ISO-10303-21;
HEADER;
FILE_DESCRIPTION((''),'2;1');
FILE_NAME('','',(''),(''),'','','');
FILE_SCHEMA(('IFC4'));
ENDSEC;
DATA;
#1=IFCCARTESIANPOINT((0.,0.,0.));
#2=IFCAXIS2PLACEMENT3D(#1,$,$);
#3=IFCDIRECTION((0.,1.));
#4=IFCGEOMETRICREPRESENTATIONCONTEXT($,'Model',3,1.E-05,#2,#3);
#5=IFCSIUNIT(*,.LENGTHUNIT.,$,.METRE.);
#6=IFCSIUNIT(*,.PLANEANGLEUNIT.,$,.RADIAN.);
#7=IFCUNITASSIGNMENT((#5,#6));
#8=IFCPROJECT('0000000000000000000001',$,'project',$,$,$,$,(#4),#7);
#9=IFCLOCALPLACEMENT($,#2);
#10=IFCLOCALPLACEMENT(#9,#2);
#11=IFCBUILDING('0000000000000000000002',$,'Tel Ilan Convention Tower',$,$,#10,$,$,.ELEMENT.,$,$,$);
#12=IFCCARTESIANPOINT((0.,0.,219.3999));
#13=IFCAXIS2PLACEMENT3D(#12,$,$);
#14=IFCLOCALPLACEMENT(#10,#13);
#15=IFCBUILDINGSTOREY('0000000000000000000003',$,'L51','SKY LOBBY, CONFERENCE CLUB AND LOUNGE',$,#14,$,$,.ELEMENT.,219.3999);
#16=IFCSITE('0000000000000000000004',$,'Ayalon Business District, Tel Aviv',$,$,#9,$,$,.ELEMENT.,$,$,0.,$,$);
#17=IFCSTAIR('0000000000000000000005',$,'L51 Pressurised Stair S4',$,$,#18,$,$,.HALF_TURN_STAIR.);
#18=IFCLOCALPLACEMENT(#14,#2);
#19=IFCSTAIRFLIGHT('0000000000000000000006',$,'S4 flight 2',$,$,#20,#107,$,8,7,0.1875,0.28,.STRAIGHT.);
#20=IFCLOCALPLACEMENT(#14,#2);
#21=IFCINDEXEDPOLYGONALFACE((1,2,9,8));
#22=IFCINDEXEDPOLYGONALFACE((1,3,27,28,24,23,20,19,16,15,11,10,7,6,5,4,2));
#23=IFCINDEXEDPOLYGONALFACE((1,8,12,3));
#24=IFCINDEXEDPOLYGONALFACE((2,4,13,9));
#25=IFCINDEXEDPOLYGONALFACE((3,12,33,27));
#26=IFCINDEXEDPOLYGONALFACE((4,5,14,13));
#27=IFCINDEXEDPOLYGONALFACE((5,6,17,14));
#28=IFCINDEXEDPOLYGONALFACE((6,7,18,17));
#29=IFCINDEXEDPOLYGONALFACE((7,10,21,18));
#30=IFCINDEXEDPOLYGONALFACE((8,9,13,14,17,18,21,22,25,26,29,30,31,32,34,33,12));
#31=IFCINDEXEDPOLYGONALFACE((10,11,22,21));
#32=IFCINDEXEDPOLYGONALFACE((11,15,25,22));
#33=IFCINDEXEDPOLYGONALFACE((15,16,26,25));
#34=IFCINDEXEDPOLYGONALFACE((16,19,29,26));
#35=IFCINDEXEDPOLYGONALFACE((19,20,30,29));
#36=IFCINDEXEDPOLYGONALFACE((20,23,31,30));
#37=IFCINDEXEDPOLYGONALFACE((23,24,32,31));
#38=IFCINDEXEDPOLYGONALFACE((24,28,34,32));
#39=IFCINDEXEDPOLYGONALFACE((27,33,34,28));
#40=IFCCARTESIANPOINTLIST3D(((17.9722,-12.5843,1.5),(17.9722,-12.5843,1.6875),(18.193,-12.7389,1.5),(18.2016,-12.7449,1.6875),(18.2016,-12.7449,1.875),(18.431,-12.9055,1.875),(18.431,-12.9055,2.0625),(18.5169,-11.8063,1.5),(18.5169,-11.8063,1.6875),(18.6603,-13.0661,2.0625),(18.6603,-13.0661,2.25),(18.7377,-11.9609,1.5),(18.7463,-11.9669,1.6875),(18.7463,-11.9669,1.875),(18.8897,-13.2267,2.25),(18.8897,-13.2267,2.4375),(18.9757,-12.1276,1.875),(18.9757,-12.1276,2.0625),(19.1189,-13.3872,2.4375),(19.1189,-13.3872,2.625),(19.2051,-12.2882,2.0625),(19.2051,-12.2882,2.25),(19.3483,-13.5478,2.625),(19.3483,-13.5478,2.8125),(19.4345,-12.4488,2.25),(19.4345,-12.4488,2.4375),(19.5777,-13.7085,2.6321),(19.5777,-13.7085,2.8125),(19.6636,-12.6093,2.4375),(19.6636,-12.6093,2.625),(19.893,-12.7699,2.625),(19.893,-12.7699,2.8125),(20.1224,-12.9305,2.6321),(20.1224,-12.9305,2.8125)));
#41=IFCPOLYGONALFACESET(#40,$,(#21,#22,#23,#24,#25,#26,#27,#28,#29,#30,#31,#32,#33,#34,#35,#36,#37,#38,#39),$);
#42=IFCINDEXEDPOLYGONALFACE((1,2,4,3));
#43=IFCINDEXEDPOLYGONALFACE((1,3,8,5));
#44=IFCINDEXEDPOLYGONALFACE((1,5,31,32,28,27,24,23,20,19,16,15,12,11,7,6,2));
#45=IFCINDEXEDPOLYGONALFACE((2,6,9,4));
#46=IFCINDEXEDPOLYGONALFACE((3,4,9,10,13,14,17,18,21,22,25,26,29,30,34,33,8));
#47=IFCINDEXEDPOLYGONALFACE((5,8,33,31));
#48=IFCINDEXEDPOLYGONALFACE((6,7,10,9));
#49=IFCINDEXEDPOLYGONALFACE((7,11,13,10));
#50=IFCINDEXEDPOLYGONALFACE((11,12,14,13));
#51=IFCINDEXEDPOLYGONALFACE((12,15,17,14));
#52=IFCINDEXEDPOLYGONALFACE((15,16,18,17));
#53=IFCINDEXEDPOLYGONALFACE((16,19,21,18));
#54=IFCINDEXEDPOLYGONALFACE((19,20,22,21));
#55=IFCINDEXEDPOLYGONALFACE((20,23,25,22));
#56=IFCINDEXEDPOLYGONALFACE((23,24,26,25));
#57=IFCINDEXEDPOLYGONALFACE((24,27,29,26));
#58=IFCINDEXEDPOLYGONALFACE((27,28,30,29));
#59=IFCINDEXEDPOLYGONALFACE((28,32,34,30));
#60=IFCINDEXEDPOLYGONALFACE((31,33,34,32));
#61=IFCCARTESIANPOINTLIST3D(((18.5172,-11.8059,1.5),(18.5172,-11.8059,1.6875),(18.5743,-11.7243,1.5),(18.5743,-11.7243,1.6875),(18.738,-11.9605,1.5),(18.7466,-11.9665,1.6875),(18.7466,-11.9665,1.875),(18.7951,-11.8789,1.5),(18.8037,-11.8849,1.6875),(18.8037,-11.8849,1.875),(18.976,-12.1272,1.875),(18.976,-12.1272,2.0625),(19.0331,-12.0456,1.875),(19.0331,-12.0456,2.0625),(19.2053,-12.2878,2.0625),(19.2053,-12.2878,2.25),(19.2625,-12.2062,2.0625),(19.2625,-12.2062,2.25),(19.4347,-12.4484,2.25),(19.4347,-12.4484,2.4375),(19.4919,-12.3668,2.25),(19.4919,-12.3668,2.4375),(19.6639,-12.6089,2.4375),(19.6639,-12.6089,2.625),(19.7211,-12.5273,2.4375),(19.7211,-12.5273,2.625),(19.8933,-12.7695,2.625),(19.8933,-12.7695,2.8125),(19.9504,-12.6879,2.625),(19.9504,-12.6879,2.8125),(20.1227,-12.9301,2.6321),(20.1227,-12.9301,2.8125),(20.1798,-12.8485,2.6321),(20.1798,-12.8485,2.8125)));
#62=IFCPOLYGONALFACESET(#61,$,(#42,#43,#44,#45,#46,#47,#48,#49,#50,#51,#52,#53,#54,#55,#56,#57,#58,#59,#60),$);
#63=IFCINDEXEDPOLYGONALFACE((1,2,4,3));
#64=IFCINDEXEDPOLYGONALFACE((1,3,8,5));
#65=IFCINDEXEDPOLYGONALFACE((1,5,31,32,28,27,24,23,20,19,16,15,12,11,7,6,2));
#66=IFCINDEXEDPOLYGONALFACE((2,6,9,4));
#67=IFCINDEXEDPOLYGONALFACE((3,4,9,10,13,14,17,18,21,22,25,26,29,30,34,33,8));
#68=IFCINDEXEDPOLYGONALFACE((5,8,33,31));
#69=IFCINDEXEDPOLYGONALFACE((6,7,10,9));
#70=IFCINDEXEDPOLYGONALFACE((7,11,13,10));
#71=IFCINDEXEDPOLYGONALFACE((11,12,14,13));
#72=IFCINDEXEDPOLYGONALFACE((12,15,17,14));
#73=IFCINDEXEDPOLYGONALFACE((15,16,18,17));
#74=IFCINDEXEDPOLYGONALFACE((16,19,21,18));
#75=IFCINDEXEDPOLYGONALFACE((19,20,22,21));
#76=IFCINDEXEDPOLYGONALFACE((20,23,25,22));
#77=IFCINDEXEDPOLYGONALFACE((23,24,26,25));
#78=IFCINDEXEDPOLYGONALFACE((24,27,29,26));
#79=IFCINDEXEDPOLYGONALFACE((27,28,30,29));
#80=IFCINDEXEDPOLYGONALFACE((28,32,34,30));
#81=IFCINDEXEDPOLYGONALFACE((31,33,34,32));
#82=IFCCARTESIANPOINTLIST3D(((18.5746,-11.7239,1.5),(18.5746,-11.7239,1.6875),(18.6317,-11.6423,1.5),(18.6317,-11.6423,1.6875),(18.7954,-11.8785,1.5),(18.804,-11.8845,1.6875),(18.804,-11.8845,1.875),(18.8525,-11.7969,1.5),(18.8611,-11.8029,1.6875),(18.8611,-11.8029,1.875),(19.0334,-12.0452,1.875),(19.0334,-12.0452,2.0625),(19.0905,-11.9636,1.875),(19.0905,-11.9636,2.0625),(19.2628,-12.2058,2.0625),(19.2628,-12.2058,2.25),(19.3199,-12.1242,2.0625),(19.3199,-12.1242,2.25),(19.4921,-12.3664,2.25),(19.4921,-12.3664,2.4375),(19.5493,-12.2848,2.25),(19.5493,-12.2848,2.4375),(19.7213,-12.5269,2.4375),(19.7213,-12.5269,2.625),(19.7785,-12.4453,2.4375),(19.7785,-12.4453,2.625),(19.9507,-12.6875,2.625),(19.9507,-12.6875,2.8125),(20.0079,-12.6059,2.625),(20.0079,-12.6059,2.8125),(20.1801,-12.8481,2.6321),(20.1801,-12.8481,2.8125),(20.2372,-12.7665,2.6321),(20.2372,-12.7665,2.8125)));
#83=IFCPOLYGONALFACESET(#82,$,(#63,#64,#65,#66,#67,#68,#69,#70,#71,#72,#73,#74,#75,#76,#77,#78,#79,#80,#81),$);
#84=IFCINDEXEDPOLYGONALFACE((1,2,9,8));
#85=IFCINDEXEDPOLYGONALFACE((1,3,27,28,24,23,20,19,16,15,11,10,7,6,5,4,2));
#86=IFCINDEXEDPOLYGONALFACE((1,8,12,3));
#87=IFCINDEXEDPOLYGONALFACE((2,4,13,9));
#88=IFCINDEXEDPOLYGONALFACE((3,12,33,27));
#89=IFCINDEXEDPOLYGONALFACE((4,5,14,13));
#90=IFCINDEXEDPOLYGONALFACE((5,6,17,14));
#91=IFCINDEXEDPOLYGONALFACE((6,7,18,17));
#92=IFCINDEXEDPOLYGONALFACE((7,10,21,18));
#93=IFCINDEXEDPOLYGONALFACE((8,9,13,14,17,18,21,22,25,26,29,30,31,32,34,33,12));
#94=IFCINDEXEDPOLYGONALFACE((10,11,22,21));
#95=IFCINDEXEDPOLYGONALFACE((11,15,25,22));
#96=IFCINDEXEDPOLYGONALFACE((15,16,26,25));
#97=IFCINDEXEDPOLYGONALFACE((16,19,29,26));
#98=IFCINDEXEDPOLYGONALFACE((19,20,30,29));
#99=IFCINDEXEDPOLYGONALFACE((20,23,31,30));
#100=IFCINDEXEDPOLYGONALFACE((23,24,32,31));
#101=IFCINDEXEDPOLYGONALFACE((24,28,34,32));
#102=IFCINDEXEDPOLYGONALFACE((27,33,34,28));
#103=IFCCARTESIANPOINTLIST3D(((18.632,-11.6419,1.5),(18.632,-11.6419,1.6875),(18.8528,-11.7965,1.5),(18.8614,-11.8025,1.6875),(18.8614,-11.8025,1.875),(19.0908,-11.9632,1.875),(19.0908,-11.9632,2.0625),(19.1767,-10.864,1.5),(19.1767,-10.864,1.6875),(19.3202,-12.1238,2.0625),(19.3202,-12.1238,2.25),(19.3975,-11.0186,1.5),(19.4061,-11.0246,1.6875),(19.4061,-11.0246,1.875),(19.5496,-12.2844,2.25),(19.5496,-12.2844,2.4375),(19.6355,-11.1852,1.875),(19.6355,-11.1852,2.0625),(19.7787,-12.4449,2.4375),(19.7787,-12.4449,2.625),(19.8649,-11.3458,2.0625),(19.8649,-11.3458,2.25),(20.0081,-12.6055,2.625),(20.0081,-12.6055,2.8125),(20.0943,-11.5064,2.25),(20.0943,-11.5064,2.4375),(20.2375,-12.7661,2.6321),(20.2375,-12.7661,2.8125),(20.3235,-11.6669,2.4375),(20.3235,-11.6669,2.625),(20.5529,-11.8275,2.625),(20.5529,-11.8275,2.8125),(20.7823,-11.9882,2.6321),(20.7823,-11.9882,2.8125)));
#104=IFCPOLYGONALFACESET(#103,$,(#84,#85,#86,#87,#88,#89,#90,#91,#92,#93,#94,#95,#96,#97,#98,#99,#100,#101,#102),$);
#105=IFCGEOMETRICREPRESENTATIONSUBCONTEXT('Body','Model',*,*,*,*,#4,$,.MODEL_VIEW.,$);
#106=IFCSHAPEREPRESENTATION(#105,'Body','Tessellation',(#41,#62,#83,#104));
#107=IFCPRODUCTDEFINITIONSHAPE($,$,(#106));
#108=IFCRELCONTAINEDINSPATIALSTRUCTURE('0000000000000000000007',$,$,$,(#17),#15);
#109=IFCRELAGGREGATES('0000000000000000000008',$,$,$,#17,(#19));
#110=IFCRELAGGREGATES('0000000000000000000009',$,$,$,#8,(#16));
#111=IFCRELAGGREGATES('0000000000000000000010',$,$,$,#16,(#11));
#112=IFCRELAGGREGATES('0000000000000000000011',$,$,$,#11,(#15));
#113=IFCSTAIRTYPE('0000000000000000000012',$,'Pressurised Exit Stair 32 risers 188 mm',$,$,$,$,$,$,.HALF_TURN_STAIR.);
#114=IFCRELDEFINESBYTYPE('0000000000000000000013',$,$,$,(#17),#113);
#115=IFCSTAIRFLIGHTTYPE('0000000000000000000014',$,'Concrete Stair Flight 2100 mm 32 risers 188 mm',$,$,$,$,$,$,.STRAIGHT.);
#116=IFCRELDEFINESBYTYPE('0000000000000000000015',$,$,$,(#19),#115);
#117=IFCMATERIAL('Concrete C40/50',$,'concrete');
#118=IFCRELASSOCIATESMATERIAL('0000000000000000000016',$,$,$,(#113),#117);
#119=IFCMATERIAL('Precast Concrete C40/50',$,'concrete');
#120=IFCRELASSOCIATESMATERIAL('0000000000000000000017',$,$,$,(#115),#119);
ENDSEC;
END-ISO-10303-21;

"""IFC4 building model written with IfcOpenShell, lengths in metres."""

from ifc_helpers import new_model, si_unit, direction, frame, origin, place, context, subcontext, project, spatial, polyline, outline, extrude, material, type_object, element, aggregate, save


model = new_model("IFC4")

# Units and contexts
model_context = context("Model", 3, precision=1e-05, world=origin(), true_north=direction((0.0, 1.0)))
body_context = subcontext(model_context, "Body", "Model", "MODEL_VIEW")
ifc_project = project(units=[si_unit("LENGTHUNIT", "METRE"), si_unit("PLANEANGLEUNIT", "RADIAN")], contexts=[model_context])

# Site, building, storey
site_placement = place(None, origin())
site = spatial("IfcSite", under=ifc_project, at=site_placement, Name="Ayalon Business District, Tel Aviv", CompositionType="ELEMENT", RefElevation=0.0)
building_placement = place(site_placement, origin())
building = spatial("IfcBuilding", under=site, at=building_placement, Name="Tel Ilan Convention Tower", CompositionType="ELEMENT")
storey_placement = place(building_placement, frame((0.0, 0.0, 219.3999)))
storey = spatial("IfcBuildingStorey", under=building, at=storey_placement, Name="L51", Description="SKY LOBBY, CONFERENCE CLUB AND LOUNGE", CompositionType="ELEMENT", Elevation=219.3999)

# Stair, stair flight
ifc_material_1 = material(Name="Concrete C40/50", Category="concrete")
stair_type = type_object("IfcStairType", Name="Pressurised Exit Stair 32 risers 188 mm", PredefinedType="HALF_TURN_STAIR", material=ifc_material_1)
stair_placement = place(storey_placement, origin())
stair = element("IfcStair", 1, at=stair_placement, inside=storey, type_object=stair_type, Name="L51 Pressurised Stair S4", PredefinedType="HALF_TURN_STAIR")
ifc_material_2 = material(Name="Precast Concrete C40/50", Category="concrete")
stair_flight_type = type_object("IfcStairFlightType", Name="Concrete Stair Flight 2100 mm 32 risers 188 mm", PredefinedType="STRAIGHT", material=ifc_material_2)
stair_flight_1_placement = place(storey_placement, frame((18.5745, -11.7241, 1.5), z_axis=(0.0, 0.0, 1.0), x_axis=(0.819152, -0.573576, 0.0)))
stair_flight_1 = element("IfcStairFlight", 2, at=stair_flight_1_placement, type_object=stair_flight_type, Name="S4 flight 2", NumberOfRisers=8, NumberOfTreads=7, PredefinedType="STRAIGHT", RiserHeight=0.1875, TreadLength=0.28, context=body_context, shape_type="SweptSolid", body=[
    extrude(outline(polyline([(0.0, 0.0), (0.0, 0.1875), (0.28, 0.1875), (0.28, 0.375), (0.5601, 0.375), (0.5601, 0.5625), (0.8401, 0.5625), (0.8401, 0.75), (1.1201, 0.75), (1.1201, 0.9375), (1.3999, 0.9375), (1.3999, 1.125), (1.6799, 1.125), (1.6799, 1.3125), (1.96, 1.3125), (1.96, 1.5), (1.96, 1.1321), (0.2695, 0.0), (0.0, 0.0)])), frame((0.0, -0.1003, 0.0), z_axis=(0.0, -1.0, 0.0), x_axis=(1.0, 0.0, 0.0)), (0.0, 0.0, 1.0), 0.9497),
    extrude(outline(polyline([(0.0, 0.0), (0.0, 0.1875), (0.28, 0.1875), (0.28, 0.375), (0.5601, 0.375), (0.5601, 0.5625), (0.8401, 0.5625), (0.8401, 0.75), (1.1201, 0.75), (1.1201, 0.9375), (1.3999, 0.9375), (1.3999, 1.125), (1.6799, 1.125), (1.6799, 1.3125), (1.96, 1.3125), (1.96, 1.5), (1.96, 1.1321), (0.2695, 0.0), (0.0, 0.0)])), frame((0.0, -0.0002, 0.0), z_axis=(0.0, -1.0, 0.0), x_axis=(1.0, 0.0, 0.0)), (0.0, 0.0, 1.0), 0.0996),
    extrude(outline(polyline([(0.0, 0.0), (0.0, 0.1875), (0.28, 0.1875), (0.28, 0.375), (0.5601, 0.375), (0.5601, 0.5625), (0.8401, 0.5625), (0.8401, 0.75), (1.1201, 0.75), (1.1201, 0.9375), (1.3999, 0.9375), (1.3999, 1.125), (1.6799, 1.125), (1.6799, 1.3125), (1.96, 1.3125), (1.96, 1.5), (1.96, 1.1321), (0.2695, 0.0), (0.0, 0.0)])), frame((0.0, 0.0999, 0.0), z_axis=(0.0, -1.0, 0.0), x_axis=(1.0, 0.0, 0.0)), (0.0, 0.0, 1.0), 0.0996),
    extrude(outline(polyline([(0.0, 0.0), (0.0, 0.1875), (0.28, 0.1875), (0.28, 0.375), (0.5601, 0.375), (0.5601, 0.5625), (0.8401, 0.5625), (0.8401, 0.75), (1.1201, 0.75), (1.1201, 0.9375), (1.3999, 0.9375), (1.3999, 1.125), (1.6799, 1.125), (1.6799, 1.3125), (1.96, 1.3125), (1.96, 1.5), (1.96, 1.1321), (0.2695, 0.0), (0.0, 0.0)])), frame((0.0, 1.05, 0.0), z_axis=(0.0, -1.0, 0.0), x_axis=(1.0, 0.0, 0.0)), (0.0, 0.0, 1.0), 0.9497),
])
aggregate(stair, [stair_flight_1])

save(model, "model.ifc")
